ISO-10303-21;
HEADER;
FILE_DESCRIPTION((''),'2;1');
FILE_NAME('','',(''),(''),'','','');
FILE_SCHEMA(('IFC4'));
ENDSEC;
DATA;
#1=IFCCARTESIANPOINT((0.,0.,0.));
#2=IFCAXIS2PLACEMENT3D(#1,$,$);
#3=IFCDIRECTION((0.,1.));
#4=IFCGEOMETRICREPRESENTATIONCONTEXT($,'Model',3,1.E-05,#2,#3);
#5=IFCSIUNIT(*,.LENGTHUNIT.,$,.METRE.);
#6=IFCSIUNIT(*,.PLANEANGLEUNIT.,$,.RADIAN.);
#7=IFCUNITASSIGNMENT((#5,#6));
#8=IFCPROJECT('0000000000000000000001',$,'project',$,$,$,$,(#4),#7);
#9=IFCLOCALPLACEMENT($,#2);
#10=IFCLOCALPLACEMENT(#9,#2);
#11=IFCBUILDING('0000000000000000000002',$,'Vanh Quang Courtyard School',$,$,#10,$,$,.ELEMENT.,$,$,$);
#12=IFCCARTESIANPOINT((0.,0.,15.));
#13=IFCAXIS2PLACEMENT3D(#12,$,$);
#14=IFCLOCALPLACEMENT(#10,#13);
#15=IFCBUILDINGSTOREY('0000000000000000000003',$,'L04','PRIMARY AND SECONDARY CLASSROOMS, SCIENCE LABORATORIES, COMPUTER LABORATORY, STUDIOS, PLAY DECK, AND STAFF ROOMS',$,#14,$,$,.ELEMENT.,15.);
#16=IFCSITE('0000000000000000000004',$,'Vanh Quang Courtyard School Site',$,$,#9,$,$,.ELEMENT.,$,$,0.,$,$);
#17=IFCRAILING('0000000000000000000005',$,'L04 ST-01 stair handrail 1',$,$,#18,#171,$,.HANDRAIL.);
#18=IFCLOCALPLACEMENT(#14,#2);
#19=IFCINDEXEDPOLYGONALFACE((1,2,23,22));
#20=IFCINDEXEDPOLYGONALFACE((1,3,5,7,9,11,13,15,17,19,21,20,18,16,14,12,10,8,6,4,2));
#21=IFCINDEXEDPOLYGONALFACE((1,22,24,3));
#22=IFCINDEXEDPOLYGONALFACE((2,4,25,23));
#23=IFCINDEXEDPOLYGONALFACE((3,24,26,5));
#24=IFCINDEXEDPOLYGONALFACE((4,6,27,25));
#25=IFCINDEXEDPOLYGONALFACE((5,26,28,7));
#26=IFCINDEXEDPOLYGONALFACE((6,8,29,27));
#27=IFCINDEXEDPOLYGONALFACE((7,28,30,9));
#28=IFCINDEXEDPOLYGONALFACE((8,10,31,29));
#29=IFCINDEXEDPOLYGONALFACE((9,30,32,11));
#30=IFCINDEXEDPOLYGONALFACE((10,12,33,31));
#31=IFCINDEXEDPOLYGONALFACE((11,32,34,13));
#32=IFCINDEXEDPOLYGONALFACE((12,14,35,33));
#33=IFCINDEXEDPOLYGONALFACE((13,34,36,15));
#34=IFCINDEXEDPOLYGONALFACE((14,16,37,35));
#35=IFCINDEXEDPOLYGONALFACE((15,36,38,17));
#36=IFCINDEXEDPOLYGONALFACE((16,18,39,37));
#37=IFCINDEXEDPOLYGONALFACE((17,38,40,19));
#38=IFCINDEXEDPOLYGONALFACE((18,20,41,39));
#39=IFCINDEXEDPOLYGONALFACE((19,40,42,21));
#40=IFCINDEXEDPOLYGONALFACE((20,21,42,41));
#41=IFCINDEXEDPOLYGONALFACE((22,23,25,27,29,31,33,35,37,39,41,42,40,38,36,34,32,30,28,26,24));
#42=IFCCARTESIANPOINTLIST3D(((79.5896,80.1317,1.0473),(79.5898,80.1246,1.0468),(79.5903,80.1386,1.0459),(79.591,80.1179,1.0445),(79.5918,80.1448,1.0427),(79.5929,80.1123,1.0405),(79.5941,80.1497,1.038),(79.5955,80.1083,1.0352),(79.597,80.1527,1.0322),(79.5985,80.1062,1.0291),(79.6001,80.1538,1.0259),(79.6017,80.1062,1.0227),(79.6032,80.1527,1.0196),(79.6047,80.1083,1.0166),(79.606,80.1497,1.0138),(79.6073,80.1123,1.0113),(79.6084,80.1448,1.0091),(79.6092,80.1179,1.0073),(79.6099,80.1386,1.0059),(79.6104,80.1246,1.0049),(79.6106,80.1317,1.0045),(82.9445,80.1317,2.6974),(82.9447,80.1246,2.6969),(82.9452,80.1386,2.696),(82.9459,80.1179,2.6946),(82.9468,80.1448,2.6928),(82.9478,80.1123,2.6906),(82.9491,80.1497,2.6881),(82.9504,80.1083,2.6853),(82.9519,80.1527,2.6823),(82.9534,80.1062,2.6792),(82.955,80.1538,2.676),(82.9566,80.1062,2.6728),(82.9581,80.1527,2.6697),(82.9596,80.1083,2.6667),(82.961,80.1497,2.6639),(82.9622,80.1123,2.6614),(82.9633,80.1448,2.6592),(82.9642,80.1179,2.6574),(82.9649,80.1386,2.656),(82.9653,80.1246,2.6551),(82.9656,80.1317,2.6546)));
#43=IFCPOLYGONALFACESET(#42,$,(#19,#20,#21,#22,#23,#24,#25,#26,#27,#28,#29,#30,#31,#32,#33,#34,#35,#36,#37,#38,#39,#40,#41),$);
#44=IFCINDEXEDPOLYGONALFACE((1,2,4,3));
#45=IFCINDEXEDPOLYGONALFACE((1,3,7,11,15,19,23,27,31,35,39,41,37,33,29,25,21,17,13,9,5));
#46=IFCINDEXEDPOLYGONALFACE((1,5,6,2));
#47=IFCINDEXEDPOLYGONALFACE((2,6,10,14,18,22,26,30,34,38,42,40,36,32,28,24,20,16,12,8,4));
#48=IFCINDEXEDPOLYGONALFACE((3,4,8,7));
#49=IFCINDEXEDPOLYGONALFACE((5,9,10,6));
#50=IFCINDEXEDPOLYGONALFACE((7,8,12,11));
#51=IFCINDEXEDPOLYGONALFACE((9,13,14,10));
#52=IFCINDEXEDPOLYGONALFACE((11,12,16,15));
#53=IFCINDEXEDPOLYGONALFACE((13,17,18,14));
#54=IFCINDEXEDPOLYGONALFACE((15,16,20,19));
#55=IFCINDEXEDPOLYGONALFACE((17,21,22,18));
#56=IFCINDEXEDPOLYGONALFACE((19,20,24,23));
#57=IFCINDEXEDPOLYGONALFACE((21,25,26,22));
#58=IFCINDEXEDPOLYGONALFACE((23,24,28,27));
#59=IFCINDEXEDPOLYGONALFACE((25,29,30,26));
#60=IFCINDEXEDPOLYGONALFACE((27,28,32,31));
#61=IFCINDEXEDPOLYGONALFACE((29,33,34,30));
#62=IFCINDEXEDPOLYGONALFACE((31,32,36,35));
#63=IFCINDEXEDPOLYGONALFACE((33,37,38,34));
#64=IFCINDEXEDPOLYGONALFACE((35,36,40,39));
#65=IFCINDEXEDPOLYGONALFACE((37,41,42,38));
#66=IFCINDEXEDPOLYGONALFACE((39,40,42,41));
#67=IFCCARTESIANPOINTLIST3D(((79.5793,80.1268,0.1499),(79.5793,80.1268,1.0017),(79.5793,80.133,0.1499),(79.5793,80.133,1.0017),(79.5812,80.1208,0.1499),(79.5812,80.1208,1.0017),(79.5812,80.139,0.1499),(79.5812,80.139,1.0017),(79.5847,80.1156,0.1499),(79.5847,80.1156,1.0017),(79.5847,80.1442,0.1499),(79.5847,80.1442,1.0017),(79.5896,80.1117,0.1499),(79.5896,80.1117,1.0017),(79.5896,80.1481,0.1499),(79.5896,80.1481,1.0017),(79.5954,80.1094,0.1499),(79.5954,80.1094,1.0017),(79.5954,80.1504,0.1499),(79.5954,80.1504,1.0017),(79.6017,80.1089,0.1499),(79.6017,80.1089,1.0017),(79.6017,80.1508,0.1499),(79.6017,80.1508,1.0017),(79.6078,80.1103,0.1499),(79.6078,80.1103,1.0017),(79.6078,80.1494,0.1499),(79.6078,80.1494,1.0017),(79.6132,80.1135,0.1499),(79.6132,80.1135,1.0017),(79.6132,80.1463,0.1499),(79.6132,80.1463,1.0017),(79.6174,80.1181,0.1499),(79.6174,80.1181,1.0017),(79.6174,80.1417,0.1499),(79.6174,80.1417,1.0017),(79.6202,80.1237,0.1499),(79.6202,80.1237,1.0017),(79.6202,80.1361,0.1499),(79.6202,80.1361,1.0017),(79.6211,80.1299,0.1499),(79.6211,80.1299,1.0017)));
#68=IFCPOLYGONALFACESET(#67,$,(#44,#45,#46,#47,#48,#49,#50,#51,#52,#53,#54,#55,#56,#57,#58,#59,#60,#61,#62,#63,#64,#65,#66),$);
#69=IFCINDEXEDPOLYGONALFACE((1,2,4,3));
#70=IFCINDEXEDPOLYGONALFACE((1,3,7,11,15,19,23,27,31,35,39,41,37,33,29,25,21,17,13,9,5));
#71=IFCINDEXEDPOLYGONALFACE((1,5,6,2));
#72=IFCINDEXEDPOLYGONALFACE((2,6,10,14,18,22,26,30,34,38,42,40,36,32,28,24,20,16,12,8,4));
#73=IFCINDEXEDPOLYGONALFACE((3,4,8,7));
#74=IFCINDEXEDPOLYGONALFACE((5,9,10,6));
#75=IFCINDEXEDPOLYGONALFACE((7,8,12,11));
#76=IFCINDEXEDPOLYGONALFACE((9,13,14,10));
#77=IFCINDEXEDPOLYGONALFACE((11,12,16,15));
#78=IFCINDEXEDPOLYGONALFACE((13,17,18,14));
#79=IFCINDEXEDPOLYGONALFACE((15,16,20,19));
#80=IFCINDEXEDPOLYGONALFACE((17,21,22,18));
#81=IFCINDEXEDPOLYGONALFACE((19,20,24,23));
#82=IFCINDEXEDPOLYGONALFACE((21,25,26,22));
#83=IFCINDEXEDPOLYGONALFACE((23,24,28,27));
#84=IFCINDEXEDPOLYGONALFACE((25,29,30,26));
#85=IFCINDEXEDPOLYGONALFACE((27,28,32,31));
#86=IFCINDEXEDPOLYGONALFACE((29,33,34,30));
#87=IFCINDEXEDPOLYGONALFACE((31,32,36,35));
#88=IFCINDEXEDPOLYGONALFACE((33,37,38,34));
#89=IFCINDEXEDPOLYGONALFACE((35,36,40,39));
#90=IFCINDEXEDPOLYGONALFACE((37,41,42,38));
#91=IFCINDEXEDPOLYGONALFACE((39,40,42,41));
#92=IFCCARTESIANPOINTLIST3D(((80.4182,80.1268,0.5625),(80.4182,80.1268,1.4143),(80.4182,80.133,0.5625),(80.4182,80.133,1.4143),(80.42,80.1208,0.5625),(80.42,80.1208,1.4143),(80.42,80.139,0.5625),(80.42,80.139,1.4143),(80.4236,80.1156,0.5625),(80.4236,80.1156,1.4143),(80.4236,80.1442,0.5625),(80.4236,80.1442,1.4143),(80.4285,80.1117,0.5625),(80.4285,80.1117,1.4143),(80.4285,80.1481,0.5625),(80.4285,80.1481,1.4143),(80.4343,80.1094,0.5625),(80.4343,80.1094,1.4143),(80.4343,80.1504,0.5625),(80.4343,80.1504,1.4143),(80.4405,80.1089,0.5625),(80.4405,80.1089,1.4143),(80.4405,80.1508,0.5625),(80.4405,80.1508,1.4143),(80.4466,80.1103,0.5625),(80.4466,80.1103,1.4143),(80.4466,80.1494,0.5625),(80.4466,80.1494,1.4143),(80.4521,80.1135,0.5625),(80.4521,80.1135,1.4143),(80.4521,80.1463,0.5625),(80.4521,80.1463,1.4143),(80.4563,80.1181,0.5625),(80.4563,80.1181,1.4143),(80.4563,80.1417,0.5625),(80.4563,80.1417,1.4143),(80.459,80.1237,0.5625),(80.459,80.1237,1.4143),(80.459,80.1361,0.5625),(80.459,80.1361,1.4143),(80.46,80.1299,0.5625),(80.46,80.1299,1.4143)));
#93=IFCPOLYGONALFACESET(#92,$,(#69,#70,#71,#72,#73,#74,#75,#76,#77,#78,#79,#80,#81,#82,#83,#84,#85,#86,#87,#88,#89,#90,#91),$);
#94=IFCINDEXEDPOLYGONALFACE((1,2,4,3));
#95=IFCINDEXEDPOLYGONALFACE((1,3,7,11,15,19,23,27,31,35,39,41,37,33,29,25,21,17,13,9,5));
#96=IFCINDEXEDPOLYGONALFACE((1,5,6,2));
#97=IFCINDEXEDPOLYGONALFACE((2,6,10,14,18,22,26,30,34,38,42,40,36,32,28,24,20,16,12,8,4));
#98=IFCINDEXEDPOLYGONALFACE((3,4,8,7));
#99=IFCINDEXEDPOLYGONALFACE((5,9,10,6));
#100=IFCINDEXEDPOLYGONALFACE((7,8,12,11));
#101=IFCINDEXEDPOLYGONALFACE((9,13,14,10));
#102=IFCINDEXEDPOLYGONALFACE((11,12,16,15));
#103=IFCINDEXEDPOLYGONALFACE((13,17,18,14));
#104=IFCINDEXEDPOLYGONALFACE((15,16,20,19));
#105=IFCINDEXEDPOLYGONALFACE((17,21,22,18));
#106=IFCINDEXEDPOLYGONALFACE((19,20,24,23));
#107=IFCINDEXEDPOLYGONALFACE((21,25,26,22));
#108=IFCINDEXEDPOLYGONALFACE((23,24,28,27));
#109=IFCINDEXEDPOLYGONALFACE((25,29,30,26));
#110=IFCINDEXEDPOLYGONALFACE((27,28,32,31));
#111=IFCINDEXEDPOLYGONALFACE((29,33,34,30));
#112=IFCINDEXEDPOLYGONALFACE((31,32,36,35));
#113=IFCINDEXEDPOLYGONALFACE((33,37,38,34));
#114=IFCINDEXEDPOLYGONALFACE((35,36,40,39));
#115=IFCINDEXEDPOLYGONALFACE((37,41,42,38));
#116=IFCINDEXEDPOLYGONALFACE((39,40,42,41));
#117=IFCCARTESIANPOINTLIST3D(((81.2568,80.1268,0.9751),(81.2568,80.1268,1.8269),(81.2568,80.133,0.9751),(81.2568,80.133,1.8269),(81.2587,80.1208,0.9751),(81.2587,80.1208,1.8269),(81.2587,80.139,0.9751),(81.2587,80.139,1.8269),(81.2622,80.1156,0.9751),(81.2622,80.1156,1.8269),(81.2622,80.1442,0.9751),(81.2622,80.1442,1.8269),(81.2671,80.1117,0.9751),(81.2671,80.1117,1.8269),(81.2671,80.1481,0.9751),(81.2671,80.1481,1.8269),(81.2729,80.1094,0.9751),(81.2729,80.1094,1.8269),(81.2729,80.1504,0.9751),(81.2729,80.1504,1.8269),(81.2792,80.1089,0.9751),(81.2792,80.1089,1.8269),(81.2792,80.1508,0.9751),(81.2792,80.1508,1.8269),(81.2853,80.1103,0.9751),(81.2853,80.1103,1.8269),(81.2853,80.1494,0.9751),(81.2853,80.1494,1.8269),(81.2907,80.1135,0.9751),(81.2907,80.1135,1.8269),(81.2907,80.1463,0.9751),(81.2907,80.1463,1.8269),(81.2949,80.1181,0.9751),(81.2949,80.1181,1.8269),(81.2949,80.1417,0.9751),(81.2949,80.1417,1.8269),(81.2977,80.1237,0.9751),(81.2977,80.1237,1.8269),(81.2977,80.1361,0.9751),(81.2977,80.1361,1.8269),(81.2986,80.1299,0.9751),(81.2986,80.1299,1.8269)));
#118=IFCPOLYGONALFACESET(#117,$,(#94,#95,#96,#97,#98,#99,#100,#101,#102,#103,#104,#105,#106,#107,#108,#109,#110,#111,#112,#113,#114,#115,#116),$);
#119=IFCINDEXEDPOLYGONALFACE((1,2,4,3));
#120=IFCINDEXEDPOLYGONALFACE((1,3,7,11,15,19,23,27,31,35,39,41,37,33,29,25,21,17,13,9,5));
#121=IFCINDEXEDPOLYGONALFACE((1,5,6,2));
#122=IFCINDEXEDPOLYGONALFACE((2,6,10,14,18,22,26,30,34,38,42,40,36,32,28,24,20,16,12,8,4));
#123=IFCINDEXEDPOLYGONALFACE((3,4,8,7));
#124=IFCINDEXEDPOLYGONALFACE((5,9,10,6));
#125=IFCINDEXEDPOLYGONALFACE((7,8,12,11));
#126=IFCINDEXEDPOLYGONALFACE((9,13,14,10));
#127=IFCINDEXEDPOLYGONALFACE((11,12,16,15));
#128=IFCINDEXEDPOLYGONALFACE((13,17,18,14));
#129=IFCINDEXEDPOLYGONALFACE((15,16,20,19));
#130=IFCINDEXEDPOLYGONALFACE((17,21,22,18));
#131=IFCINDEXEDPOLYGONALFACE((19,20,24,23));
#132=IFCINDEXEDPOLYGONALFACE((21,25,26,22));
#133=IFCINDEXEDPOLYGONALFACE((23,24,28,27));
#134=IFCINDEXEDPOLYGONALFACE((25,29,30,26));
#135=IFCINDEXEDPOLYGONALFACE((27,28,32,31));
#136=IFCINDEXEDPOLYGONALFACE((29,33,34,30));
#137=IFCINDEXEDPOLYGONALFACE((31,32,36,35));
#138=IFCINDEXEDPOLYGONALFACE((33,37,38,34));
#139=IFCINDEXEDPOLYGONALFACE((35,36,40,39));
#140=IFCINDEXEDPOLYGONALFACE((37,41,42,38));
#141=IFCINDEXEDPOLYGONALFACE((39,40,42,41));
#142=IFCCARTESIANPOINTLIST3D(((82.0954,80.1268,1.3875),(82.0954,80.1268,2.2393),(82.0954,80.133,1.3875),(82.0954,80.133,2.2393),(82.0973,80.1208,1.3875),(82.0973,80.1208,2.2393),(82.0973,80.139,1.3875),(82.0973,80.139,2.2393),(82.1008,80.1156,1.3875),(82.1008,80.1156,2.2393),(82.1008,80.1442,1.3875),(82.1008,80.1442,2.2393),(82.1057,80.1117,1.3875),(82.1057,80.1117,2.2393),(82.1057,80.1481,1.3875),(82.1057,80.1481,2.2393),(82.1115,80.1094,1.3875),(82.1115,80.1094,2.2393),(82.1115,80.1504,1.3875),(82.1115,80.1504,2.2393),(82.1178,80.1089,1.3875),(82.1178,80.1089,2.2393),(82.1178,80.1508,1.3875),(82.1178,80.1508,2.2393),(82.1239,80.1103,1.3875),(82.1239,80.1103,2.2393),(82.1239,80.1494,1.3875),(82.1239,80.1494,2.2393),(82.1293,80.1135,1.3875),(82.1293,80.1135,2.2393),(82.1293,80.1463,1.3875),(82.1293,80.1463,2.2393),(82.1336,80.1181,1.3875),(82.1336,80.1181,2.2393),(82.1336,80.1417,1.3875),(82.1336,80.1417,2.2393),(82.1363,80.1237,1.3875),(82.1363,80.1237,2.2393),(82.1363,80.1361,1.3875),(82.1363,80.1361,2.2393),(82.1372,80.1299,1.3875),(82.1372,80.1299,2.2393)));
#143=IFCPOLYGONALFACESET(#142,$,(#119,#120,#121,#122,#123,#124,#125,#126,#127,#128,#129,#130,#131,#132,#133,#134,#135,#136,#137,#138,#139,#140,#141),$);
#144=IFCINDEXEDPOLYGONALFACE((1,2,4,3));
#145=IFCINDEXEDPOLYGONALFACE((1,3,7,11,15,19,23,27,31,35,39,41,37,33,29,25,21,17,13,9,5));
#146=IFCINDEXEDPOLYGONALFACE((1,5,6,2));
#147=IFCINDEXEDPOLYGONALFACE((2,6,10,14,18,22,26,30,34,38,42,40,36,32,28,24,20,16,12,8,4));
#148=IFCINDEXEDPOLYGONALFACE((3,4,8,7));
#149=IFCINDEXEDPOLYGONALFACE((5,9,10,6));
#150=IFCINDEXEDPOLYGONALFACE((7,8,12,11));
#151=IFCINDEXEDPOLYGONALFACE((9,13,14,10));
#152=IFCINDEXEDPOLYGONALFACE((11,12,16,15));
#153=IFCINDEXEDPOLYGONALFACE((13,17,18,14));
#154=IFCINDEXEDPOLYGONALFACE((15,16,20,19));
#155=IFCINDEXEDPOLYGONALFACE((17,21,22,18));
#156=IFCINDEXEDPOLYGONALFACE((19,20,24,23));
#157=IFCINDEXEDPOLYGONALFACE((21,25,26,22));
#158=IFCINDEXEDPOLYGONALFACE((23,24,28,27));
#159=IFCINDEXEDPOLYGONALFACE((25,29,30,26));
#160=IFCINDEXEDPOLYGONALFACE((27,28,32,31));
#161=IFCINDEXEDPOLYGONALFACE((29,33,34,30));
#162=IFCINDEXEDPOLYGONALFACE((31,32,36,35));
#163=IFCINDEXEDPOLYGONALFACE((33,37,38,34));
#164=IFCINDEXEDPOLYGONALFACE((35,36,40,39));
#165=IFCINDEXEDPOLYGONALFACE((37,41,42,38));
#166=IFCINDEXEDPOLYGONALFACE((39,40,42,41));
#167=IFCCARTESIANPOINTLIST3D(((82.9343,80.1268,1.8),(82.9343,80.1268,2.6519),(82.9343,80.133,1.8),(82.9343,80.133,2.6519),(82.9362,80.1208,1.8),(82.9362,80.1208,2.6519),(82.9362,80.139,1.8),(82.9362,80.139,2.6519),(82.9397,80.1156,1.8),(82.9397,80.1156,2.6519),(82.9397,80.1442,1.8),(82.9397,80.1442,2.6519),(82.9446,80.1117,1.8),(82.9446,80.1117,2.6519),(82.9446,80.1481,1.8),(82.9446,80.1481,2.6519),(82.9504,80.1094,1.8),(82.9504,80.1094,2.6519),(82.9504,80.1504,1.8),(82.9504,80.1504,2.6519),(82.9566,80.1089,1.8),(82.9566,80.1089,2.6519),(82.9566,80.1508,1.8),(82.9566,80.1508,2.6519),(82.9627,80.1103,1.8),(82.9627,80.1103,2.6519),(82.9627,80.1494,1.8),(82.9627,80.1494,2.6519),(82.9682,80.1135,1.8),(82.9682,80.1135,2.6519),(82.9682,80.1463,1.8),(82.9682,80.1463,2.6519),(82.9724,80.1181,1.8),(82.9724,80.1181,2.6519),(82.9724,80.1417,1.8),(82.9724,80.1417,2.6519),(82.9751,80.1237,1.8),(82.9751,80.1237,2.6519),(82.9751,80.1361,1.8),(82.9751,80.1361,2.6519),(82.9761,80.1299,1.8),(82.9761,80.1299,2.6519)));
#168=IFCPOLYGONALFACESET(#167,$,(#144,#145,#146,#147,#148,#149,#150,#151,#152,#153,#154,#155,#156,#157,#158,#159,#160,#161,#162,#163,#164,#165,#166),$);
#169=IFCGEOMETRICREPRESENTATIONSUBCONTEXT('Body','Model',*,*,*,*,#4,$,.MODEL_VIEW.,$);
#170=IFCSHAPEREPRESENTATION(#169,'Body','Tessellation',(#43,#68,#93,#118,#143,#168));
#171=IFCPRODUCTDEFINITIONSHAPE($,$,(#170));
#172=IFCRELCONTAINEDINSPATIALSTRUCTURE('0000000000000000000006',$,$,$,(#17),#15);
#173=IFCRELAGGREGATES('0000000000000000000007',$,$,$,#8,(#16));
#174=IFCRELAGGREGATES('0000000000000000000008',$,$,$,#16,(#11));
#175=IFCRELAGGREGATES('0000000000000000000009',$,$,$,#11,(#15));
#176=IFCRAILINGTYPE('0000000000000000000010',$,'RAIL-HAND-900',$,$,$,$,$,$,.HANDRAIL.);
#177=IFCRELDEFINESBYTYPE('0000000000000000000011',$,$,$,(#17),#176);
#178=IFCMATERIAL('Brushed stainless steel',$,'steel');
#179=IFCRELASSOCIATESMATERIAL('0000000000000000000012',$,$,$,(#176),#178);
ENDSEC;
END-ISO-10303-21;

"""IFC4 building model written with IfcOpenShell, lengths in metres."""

from ifc_helpers import new_model, si_unit, direction, frame, origin, origin_2d, place, context, subcontext, project, spatial, circle, extrude, material, type_object, element, save


model = new_model("IFC4")

# Units and contexts
model_context = context("Model", 3, precision=1e-05, world=origin(), true_north=direction((0.0, 1.0)))
body_context = subcontext(model_context, "Body", "Model", "MODEL_VIEW")
ifc_project = project(units=[si_unit("LENGTHUNIT", "METRE"), si_unit("PLANEANGLEUNIT", "RADIAN")], contexts=[model_context])

# Site, building, storey
site_placement = place(None, origin())
site = spatial("IfcSite", under=ifc_project, at=site_placement, Name="Vanh Quang Courtyard School Site", CompositionType="ELEMENT", RefElevation=0.0)
building_placement = place(site_placement, origin())
building = spatial("IfcBuilding", under=site, at=building_placement, Name="Vanh Quang Courtyard School", CompositionType="ELEMENT")
storey_placement = place(building_placement, frame((0.0, 0.0, 15.0)))
storey = spatial("IfcBuildingStorey", under=building, at=storey_placement, Name="L04", Description="PRIMARY AND SECONDARY CLASSROOMS, SCIENCE LABORATORIES, COMPUTER LABORATORY, STUDIOS, PLAY DECK, AND STAFF ROOMS", CompositionType="ELEMENT", Elevation=15.0)

# Railing
ifc_material_1 = material(Name="Brushed stainless steel", Category="steel")
railing_type_1 = type_object("IfcRailingType", Name="RAIL-HAND-900", PredefinedType="HANDRAIL", material=ifc_material_1)
railing_1_placement = place(storey_placement, frame((79.6001, 80.1299, 0.1499)))
element("IfcRailing", 1, at=railing_1_placement, inside=storey, type_object=railing_type_1, Name="L04 ST-01 stair handrail 1", PredefinedType="HANDRAIL", context=body_context, shape_type="SweptSolid", body=[
    extrude(circle(Radius=0.0239, at=origin_2d()), frame((0.0, 0.0, 0.876), z_axis=(0.897333, 0.0, 0.441353), x_axis=(0.0, 1.0, 0.0)), (0.0, 0.0, 1.0), 3.7388),
    extrude(circle(Radius=0.021, at=origin_2d()), origin(), (0.0, 0.0, 1.0), 0.8518),
    extrude(circle(Radius=0.021, at=origin_2d()), frame((0.8389, 0.0, 0.4126)), (0.0, 0.0, 1.0), 0.8518),
    extrude(circle(Radius=0.021, at=origin_2d()), frame((1.6775, 0.0, 0.8252)), (0.0, 0.0, 1.0), 0.8518),
    extrude(circle(Radius=0.021, at=origin_2d()), frame((2.5161, 0.0, 1.2375)), (0.0, 0.0, 1.0), 0.8518),
    extrude(circle(Radius=0.021, at=origin_2d()), frame((3.355, 0.0, 1.6501)), (0.0, 0.0, 1.0), 0.8518),
])

save(model, "model.ifc")
